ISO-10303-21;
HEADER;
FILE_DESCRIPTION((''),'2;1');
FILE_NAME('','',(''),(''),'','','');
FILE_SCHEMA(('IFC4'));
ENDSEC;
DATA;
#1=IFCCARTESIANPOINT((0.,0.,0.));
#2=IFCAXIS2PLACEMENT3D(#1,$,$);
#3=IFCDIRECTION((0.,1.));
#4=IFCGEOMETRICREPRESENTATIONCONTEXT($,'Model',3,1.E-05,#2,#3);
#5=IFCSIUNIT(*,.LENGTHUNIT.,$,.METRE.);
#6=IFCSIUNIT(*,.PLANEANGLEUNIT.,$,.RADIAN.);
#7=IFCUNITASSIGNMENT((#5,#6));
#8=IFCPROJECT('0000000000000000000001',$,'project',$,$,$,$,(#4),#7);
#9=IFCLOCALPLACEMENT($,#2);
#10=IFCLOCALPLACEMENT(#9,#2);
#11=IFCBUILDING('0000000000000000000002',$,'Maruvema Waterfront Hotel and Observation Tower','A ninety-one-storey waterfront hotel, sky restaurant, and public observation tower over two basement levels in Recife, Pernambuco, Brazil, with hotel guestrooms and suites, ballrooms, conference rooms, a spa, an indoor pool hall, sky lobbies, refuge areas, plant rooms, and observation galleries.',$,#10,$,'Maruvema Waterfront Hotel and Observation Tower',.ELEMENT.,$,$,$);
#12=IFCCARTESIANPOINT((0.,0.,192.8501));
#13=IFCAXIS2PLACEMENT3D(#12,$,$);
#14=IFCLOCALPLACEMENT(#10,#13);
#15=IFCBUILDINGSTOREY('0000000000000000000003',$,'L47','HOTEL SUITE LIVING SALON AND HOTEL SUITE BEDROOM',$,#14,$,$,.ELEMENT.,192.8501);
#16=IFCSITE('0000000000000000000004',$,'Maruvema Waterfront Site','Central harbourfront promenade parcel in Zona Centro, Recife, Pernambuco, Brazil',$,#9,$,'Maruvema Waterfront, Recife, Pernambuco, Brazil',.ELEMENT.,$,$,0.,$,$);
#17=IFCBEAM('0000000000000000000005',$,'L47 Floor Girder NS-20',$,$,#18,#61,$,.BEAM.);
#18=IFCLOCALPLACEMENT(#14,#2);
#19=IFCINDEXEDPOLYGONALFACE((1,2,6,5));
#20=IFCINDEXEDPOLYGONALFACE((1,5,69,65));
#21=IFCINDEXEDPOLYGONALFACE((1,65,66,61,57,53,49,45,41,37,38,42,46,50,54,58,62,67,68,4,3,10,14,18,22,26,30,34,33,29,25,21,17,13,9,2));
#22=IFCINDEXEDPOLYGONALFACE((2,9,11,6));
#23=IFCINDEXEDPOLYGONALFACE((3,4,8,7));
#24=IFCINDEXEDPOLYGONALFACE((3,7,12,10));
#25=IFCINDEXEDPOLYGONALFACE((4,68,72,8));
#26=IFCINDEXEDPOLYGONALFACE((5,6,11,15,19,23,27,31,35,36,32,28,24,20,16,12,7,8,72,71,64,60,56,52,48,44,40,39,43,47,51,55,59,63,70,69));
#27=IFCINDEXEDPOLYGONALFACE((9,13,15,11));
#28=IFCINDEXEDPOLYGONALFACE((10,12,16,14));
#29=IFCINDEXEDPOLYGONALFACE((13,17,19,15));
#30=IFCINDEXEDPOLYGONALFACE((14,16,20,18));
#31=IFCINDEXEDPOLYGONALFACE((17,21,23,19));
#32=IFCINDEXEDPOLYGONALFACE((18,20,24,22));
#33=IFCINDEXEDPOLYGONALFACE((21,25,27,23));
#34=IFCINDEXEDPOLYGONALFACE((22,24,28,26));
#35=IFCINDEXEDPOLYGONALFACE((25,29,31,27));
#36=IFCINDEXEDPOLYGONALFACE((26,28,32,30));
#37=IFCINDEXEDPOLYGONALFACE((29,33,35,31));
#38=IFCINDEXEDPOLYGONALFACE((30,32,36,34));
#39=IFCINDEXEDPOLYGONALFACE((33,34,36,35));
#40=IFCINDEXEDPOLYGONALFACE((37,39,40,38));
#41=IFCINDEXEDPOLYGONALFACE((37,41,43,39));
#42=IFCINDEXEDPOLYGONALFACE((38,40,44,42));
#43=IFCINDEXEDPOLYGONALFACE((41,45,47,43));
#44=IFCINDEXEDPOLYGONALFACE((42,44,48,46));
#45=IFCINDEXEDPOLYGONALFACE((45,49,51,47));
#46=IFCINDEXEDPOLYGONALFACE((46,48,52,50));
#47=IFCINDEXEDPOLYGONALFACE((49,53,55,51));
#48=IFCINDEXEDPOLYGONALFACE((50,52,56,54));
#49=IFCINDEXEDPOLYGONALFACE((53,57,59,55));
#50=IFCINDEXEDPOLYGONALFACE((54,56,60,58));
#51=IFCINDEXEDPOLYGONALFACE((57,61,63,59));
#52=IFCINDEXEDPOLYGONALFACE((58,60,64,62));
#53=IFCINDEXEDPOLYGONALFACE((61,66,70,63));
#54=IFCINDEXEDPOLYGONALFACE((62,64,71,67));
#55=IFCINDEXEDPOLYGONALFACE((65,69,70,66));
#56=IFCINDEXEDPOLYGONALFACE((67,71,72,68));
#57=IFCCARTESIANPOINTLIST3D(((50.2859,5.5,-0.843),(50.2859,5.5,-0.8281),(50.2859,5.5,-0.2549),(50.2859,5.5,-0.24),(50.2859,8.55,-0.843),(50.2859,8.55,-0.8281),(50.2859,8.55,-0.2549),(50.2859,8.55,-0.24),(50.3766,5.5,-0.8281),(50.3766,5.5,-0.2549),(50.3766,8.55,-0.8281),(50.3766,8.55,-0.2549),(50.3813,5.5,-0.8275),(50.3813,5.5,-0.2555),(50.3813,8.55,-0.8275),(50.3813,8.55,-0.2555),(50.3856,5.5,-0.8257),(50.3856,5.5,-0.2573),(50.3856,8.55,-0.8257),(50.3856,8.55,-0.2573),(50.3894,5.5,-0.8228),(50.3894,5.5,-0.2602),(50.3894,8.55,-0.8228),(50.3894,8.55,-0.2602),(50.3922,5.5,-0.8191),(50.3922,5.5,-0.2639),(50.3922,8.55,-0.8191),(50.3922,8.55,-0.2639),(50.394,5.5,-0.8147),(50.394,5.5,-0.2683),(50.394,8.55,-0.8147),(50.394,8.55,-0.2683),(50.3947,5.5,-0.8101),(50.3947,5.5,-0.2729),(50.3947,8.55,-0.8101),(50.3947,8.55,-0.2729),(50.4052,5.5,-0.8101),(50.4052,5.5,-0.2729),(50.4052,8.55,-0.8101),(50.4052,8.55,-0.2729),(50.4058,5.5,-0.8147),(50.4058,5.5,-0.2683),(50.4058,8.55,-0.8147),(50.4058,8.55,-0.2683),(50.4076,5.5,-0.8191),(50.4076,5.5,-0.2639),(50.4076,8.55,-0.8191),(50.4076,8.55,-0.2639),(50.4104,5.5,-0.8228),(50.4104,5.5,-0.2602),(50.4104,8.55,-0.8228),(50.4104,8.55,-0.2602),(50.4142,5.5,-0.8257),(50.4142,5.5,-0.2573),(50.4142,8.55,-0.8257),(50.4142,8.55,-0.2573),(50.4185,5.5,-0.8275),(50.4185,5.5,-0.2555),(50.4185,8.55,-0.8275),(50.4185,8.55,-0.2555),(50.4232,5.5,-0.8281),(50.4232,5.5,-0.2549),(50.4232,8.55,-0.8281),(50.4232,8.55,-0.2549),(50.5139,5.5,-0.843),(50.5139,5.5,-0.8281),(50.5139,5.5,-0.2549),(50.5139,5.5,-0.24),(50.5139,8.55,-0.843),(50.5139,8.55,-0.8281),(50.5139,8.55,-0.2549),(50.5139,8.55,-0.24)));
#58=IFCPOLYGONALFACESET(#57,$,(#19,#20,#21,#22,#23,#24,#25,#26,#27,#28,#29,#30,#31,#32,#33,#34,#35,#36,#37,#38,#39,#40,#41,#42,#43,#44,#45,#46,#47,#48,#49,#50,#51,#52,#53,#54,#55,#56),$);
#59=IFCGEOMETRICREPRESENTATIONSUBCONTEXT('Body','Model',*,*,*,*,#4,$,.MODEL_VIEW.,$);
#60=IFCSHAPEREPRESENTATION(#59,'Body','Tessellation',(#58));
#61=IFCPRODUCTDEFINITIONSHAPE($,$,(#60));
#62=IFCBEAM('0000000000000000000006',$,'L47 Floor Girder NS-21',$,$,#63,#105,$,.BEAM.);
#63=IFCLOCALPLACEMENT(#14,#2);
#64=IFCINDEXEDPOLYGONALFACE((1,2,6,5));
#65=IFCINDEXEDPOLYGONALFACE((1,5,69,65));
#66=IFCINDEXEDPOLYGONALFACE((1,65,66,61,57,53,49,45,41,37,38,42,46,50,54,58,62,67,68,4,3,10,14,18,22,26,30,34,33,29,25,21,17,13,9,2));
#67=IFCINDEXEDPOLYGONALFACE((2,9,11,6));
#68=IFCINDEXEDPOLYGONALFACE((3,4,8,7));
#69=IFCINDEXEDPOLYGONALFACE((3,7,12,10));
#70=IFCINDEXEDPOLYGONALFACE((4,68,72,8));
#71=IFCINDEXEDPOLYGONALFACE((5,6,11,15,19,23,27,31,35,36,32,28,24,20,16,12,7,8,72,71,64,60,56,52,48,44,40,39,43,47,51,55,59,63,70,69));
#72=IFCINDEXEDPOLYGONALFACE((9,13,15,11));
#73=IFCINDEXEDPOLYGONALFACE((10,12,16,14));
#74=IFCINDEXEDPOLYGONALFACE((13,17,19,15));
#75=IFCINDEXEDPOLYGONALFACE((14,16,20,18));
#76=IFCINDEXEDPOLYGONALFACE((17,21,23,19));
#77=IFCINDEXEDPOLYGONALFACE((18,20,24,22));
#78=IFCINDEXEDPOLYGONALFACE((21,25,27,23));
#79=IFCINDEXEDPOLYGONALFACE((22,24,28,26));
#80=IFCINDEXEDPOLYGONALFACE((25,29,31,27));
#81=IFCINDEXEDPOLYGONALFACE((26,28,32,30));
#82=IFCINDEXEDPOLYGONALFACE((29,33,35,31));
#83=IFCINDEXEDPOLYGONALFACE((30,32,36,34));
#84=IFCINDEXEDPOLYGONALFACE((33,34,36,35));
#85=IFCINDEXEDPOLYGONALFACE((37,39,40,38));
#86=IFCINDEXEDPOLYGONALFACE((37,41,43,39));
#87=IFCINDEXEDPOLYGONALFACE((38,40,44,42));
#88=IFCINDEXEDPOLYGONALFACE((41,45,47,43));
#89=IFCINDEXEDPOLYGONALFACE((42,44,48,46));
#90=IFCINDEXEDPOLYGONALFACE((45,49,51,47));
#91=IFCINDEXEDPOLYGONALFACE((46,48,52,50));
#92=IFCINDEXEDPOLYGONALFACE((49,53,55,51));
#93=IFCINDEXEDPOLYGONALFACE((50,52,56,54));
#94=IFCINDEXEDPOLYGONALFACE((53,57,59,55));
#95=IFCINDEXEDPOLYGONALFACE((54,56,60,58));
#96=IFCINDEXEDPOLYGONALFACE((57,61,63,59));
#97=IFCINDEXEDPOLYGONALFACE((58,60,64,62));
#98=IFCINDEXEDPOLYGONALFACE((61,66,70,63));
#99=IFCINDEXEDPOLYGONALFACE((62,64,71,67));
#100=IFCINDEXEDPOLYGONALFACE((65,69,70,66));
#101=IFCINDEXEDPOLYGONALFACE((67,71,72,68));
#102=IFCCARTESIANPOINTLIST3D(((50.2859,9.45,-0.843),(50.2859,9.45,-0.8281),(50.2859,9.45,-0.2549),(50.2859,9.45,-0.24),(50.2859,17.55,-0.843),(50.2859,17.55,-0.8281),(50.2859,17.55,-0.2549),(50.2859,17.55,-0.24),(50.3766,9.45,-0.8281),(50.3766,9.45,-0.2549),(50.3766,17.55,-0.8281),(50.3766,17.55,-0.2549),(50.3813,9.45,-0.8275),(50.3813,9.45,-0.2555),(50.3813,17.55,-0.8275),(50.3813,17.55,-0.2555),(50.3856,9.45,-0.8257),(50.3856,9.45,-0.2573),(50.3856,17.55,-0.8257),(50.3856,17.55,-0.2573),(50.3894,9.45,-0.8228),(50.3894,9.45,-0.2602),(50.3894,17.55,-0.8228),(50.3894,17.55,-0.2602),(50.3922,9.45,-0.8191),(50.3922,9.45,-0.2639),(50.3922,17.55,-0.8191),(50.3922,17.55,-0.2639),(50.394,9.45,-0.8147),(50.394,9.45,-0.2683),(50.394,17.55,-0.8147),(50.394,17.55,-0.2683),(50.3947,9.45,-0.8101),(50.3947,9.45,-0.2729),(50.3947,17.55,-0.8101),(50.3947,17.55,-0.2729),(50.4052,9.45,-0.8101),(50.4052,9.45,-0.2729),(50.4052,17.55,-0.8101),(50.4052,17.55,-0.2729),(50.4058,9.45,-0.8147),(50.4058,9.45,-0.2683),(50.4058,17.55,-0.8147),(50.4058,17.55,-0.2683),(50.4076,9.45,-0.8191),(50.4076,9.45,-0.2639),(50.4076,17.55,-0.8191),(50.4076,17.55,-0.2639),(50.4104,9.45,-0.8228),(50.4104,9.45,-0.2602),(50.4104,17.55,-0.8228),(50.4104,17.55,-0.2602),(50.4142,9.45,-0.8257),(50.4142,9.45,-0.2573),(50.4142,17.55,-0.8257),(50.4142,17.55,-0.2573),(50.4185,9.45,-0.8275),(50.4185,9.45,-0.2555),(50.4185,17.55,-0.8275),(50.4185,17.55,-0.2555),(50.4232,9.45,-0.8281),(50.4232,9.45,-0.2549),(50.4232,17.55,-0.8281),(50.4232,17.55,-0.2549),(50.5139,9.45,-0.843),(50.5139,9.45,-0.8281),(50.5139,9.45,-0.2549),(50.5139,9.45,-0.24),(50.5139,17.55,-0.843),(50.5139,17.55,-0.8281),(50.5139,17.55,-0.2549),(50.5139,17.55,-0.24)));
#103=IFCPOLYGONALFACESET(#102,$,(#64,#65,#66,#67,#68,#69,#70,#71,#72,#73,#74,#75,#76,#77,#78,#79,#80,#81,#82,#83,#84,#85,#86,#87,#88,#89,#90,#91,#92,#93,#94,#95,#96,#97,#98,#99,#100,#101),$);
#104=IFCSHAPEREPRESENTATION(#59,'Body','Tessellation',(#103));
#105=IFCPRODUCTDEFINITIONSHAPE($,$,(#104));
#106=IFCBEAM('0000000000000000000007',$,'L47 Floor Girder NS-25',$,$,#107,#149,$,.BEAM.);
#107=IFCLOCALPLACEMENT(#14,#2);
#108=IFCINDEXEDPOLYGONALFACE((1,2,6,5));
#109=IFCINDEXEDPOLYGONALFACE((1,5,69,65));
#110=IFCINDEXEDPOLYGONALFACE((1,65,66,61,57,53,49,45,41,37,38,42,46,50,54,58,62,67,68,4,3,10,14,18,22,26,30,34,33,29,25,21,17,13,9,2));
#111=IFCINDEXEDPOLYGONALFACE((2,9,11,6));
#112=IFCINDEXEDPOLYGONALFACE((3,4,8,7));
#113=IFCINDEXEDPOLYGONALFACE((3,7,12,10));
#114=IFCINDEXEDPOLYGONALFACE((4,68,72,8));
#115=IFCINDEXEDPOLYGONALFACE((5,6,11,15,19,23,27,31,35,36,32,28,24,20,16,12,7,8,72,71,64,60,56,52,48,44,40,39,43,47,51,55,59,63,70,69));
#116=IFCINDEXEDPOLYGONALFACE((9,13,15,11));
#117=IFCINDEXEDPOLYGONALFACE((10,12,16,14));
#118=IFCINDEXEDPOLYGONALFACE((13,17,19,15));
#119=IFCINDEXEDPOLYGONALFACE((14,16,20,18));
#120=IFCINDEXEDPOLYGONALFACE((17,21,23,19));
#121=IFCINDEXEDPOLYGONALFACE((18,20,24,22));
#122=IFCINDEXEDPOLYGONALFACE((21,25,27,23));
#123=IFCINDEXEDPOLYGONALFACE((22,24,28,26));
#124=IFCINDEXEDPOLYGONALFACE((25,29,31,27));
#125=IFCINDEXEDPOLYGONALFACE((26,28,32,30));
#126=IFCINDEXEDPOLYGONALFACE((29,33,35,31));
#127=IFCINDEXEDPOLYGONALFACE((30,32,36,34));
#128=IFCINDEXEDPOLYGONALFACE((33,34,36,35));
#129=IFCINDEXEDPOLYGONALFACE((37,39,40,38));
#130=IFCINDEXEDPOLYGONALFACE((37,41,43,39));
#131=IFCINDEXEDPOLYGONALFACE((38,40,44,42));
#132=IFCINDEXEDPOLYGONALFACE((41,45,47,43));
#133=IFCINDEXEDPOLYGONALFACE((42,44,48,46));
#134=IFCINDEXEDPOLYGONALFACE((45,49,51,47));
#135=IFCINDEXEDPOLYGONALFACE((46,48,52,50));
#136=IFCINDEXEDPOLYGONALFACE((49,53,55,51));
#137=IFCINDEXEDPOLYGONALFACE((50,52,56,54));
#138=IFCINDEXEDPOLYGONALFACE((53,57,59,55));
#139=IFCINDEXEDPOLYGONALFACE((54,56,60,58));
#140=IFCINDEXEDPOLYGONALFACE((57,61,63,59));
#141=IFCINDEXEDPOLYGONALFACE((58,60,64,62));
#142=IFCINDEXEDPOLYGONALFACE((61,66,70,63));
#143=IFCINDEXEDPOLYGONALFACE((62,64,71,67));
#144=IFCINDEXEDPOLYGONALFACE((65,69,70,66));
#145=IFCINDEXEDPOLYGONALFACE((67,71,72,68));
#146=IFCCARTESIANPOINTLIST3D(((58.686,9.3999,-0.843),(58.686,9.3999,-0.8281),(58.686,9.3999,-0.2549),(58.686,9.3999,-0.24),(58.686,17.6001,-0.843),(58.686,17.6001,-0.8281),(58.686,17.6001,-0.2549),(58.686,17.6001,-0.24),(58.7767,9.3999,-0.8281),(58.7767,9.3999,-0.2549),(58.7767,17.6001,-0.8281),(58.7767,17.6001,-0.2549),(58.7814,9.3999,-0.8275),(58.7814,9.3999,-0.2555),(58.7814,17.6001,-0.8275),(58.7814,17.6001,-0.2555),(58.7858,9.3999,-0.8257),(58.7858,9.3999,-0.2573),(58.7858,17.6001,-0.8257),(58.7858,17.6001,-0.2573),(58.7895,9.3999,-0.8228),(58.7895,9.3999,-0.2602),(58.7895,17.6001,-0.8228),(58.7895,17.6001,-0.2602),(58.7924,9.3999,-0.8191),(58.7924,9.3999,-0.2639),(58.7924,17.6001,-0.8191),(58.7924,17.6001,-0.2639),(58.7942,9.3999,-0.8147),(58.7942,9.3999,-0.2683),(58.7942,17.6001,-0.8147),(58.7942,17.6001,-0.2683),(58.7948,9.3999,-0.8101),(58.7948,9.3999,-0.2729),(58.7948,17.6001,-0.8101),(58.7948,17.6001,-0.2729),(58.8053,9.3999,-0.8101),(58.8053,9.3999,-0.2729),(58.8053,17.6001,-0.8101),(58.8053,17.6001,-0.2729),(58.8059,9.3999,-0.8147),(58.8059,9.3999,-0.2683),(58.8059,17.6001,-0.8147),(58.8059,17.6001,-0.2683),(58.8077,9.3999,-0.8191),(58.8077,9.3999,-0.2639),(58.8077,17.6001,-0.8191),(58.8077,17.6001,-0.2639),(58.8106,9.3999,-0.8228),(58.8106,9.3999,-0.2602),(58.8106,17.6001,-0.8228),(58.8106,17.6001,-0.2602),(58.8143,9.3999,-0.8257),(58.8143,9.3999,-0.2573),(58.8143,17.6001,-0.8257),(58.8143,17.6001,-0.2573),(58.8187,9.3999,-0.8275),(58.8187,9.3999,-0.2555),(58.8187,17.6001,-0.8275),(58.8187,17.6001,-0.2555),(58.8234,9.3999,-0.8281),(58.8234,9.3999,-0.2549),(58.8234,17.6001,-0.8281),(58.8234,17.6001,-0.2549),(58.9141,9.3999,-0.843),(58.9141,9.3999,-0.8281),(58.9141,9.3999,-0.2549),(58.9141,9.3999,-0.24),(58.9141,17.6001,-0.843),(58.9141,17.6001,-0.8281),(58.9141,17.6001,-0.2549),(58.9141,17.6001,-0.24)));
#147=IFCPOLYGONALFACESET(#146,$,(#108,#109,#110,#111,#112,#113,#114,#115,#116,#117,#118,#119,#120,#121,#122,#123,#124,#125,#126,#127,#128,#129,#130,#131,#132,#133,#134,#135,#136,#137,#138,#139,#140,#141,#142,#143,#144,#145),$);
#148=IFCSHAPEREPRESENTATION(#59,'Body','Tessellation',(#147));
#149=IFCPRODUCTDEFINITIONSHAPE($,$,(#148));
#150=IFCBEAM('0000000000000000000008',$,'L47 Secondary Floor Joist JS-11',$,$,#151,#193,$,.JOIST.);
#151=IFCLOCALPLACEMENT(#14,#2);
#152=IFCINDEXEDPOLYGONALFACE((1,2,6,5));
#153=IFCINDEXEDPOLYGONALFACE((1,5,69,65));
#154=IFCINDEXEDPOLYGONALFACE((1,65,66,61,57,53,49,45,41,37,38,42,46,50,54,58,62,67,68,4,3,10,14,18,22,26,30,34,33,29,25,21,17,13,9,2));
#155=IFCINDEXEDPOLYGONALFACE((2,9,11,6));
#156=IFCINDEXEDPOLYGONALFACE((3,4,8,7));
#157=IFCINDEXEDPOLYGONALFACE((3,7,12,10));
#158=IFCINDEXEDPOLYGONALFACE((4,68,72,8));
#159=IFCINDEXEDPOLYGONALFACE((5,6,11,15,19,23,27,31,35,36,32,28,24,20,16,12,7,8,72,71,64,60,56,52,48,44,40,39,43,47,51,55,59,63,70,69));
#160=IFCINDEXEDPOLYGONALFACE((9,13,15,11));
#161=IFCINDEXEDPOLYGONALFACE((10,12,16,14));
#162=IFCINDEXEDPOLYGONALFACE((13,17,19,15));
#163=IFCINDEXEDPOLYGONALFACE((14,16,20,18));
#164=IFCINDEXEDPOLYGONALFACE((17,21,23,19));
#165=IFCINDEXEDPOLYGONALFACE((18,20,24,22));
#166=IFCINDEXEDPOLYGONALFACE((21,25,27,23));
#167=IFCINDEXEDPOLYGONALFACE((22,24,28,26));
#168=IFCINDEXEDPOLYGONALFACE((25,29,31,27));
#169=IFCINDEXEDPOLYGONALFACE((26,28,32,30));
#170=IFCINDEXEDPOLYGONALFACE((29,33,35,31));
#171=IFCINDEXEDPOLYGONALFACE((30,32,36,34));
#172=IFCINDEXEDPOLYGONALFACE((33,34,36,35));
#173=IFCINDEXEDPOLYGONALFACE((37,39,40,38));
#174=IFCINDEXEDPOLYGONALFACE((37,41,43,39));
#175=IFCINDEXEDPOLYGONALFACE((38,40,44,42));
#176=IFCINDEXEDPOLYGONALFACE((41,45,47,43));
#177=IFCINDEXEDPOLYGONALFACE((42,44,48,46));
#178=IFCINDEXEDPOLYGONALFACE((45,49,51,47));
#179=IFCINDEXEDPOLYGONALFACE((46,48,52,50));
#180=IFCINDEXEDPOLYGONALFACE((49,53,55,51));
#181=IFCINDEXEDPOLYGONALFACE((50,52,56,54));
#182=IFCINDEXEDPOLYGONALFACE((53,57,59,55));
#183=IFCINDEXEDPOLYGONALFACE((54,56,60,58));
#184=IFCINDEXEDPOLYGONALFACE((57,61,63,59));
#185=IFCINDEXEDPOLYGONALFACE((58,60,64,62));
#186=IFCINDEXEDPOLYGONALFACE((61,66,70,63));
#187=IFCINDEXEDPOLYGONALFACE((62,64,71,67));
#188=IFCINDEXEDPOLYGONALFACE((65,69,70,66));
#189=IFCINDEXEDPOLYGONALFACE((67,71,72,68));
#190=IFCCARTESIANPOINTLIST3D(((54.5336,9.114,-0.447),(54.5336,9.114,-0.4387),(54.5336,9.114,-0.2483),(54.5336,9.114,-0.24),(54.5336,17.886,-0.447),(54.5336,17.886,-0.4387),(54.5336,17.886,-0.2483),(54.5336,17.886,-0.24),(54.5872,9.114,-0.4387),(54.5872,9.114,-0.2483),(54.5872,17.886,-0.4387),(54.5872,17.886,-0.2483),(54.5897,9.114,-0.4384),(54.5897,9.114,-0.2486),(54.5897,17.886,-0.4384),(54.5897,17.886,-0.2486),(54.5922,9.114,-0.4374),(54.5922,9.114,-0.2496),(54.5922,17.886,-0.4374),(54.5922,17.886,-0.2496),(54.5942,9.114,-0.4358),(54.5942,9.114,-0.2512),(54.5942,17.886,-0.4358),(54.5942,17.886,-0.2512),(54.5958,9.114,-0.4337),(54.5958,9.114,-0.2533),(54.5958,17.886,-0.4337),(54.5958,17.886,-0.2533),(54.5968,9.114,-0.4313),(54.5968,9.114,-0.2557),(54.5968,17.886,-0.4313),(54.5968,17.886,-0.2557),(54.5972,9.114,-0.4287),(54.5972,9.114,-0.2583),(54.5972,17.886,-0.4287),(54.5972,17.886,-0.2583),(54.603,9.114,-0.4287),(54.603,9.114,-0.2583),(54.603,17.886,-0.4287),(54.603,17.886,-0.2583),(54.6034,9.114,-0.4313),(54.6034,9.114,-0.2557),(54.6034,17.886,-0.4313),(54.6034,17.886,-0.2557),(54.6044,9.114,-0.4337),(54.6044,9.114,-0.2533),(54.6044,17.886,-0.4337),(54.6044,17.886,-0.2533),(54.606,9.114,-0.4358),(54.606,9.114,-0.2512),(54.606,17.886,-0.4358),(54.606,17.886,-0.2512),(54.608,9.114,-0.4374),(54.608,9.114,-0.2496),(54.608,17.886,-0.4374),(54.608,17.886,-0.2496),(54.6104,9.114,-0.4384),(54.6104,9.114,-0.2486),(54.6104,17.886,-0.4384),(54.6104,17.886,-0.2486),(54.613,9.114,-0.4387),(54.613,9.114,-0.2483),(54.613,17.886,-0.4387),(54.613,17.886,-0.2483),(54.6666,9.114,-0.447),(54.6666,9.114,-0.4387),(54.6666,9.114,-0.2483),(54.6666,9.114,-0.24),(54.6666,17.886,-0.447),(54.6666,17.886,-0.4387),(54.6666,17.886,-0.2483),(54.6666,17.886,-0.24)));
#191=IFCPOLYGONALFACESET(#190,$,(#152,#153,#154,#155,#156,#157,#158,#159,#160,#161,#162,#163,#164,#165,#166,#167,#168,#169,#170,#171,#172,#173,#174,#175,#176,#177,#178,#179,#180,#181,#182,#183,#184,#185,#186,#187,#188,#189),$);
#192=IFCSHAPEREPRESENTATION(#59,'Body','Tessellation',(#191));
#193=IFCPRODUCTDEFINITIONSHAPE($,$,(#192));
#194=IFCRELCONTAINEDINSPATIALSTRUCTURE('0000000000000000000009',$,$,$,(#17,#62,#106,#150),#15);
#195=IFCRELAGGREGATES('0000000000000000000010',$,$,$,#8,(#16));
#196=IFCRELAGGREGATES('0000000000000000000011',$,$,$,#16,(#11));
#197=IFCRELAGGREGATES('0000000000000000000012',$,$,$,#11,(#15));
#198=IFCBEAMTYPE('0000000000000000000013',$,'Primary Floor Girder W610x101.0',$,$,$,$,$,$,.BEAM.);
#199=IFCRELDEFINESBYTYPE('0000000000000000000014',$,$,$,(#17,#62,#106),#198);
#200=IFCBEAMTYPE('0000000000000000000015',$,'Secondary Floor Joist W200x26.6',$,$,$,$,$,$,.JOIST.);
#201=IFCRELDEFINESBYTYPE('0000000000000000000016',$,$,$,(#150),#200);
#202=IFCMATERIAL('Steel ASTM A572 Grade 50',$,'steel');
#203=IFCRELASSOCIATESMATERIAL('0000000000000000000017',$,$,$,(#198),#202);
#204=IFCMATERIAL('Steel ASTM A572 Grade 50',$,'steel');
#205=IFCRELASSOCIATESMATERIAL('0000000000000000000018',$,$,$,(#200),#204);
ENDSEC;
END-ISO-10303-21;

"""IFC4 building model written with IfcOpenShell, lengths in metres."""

from ifc_helpers import new_model, si_unit, direction, frame, origin, origin_2d, place, context, subcontext, project, spatial, i_section, extrude, material, material_profile, profile_set, type_object, element, save


model = new_model("IFC4")

# Units and contexts
model_context = context("Model", 3, precision=1e-05, world=origin(), true_north=direction((0.0, 1.0)))
body_context = subcontext(model_context, "Body", "Model", "MODEL_VIEW")
ifc_project = project(units=[si_unit("LENGTHUNIT", "METRE"), si_unit("PLANEANGLEUNIT", "RADIAN")], contexts=[model_context])

# Site, building, storey
site_placement = place(None, origin())
site = spatial("IfcSite", under=ifc_project, at=site_placement, Name="Maruvema Waterfront Site", Description="Central harbourfront promenade parcel in Zona Centro, Recife, Pernambuco, Brazil", LongName="Maruvema Waterfront, Recife, Pernambuco, Brazil", CompositionType="ELEMENT", RefElevation=0.0)
building_placement = place(site_placement, origin())
building = spatial("IfcBuilding", under=site, at=building_placement, Name="Maruvema Waterfront Hotel and Observation Tower", Description="A ninety-one-storey waterfront hotel, sky restaurant, and public observation tower over two basement levels in Recife, Pernambuco, Brazil, with hotel guestrooms and suites, ballrooms, conference rooms, a spa, an indoor pool hall, sky lobbies, refuge areas, plant rooms, and observation galleries.", LongName="Maruvema Waterfront Hotel and Observation Tower", CompositionType="ELEMENT")
storey_placement = place(building_placement, frame((0.0, 0.0, 192.8501)))
storey = spatial("IfcBuildingStorey", under=building, at=storey_placement, Name="L47", Description="HOTEL SUITE LIVING SALON AND HOTEL SUITE BEDROOM", CompositionType="ELEMENT", Elevation=192.8501)

# Beams
ifc_material_1 = material(Name="Steel ASTM A572 Grade 50", Category="steel")
ifc_material_profile_1 = material_profile(ifc_material_1, i_section(OverallWidth=0.228, OverallDepth=0.603, WebThickness=0.0105, FlangeThickness=0.0149, FilletRadius=0.0181, at=origin_2d()), Name="W610x101.0")
ifc_profile_set_1 = profile_set([ifc_material_profile_1], Name="Steel ASTM A572 Grade 50")
beam_type_1 = type_object("IfcBeamType", Name="Primary Floor Girder W610x101.0", PredefinedType="BEAM", material=ifc_profile_set_1)
beam_1_placement = place(storey_placement, frame((50.3999, 5.5, -0.5415), z_axis=(0.0, 1.0, 0.0), x_axis=(-1.0, 0.0, 0.0)))
element("IfcBeam", 1, at=beam_1_placement, inside=storey, type_object=beam_type_1, Name="L47 Floor Girder NS-20", PredefinedType="BEAM", context=body_context, shape_type="SweptSolid", body=[
    extrude(i_section(OverallWidth=0.228, OverallDepth=0.603, WebThickness=0.0105, FlangeThickness=0.0149, FilletRadius=0.0181, at=origin_2d()), origin(), (0.0, 0.0, 1.0), 3.05),
])
beam_2_placement = place(storey_placement, frame((50.3999, 9.45, -0.5415), z_axis=(0.0, 1.0, 0.0), x_axis=(-1.0, 0.0, 0.0)))
element("IfcBeam", 2, at=beam_2_placement, inside=storey, type_object=beam_type_1, Name="L47 Floor Girder NS-21", PredefinedType="BEAM", context=body_context, shape_type="SweptSolid", body=[
    extrude(i_section(OverallWidth=0.228, OverallDepth=0.603, WebThickness=0.0105, FlangeThickness=0.0149, FilletRadius=0.0181, at=origin_2d()), origin(), (0.0, 0.0, 1.0), 8.1001),
])
beam_3_placement = place(storey_placement, frame((58.8, 9.3999, -0.5415), z_axis=(0.0, 1.0, 0.0), x_axis=(-1.0, 0.0, 0.0)))
element("IfcBeam", 3, at=beam_3_placement, inside=storey, type_object=beam_type_1, Name="L47 Floor Girder NS-25", PredefinedType="BEAM", context=body_context, shape_type="SweptSolid", body=[
    extrude(i_section(OverallWidth=0.228, OverallDepth=0.603, WebThickness=0.0105, FlangeThickness=0.0149, FilletRadius=0.0181, at=origin_2d()), origin(), (0.0, 0.0, 1.0), 8.2002),
])
ifc_material_2 = material(Name="Steel ASTM A572 Grade 50", Category="steel")
ifc_material_profile_2 = material_profile(ifc_material_2, i_section(OverallWidth=0.1331, OverallDepth=0.207, WebThickness=0.0059, FlangeThickness=0.0083, FilletRadius=0.01, at=origin_2d()), Name="W200x26.6")
ifc_profile_set_2 = profile_set([ifc_material_profile_2], Name="Steel ASTM A572 Grade 50")
beam_type_2 = type_object("IfcBeamType", Name="Secondary Floor Joist W200x26.6", PredefinedType="JOIST", material=ifc_profile_set_2)
beam_4_placement = place(storey_placement, frame((54.6001, 9.114, -0.3435), z_axis=(0.0, 1.0, 0.0), x_axis=(-1.0, 0.0, 0.0)))
element("IfcBeam", 4, at=beam_4_placement, inside=storey, type_object=beam_type_2, Name="L47 Secondary Floor Joist JS-11", PredefinedType="JOIST", context=body_context, shape_type="SweptSolid", body=[
    extrude(i_section(OverallWidth=0.1331, OverallDepth=0.207, WebThickness=0.0059, FlangeThickness=0.0083, FilletRadius=0.01, at=origin_2d()), origin(), (0.0, 0.0, 1.0), 8.772),
])

save(model, "model.ifc")
